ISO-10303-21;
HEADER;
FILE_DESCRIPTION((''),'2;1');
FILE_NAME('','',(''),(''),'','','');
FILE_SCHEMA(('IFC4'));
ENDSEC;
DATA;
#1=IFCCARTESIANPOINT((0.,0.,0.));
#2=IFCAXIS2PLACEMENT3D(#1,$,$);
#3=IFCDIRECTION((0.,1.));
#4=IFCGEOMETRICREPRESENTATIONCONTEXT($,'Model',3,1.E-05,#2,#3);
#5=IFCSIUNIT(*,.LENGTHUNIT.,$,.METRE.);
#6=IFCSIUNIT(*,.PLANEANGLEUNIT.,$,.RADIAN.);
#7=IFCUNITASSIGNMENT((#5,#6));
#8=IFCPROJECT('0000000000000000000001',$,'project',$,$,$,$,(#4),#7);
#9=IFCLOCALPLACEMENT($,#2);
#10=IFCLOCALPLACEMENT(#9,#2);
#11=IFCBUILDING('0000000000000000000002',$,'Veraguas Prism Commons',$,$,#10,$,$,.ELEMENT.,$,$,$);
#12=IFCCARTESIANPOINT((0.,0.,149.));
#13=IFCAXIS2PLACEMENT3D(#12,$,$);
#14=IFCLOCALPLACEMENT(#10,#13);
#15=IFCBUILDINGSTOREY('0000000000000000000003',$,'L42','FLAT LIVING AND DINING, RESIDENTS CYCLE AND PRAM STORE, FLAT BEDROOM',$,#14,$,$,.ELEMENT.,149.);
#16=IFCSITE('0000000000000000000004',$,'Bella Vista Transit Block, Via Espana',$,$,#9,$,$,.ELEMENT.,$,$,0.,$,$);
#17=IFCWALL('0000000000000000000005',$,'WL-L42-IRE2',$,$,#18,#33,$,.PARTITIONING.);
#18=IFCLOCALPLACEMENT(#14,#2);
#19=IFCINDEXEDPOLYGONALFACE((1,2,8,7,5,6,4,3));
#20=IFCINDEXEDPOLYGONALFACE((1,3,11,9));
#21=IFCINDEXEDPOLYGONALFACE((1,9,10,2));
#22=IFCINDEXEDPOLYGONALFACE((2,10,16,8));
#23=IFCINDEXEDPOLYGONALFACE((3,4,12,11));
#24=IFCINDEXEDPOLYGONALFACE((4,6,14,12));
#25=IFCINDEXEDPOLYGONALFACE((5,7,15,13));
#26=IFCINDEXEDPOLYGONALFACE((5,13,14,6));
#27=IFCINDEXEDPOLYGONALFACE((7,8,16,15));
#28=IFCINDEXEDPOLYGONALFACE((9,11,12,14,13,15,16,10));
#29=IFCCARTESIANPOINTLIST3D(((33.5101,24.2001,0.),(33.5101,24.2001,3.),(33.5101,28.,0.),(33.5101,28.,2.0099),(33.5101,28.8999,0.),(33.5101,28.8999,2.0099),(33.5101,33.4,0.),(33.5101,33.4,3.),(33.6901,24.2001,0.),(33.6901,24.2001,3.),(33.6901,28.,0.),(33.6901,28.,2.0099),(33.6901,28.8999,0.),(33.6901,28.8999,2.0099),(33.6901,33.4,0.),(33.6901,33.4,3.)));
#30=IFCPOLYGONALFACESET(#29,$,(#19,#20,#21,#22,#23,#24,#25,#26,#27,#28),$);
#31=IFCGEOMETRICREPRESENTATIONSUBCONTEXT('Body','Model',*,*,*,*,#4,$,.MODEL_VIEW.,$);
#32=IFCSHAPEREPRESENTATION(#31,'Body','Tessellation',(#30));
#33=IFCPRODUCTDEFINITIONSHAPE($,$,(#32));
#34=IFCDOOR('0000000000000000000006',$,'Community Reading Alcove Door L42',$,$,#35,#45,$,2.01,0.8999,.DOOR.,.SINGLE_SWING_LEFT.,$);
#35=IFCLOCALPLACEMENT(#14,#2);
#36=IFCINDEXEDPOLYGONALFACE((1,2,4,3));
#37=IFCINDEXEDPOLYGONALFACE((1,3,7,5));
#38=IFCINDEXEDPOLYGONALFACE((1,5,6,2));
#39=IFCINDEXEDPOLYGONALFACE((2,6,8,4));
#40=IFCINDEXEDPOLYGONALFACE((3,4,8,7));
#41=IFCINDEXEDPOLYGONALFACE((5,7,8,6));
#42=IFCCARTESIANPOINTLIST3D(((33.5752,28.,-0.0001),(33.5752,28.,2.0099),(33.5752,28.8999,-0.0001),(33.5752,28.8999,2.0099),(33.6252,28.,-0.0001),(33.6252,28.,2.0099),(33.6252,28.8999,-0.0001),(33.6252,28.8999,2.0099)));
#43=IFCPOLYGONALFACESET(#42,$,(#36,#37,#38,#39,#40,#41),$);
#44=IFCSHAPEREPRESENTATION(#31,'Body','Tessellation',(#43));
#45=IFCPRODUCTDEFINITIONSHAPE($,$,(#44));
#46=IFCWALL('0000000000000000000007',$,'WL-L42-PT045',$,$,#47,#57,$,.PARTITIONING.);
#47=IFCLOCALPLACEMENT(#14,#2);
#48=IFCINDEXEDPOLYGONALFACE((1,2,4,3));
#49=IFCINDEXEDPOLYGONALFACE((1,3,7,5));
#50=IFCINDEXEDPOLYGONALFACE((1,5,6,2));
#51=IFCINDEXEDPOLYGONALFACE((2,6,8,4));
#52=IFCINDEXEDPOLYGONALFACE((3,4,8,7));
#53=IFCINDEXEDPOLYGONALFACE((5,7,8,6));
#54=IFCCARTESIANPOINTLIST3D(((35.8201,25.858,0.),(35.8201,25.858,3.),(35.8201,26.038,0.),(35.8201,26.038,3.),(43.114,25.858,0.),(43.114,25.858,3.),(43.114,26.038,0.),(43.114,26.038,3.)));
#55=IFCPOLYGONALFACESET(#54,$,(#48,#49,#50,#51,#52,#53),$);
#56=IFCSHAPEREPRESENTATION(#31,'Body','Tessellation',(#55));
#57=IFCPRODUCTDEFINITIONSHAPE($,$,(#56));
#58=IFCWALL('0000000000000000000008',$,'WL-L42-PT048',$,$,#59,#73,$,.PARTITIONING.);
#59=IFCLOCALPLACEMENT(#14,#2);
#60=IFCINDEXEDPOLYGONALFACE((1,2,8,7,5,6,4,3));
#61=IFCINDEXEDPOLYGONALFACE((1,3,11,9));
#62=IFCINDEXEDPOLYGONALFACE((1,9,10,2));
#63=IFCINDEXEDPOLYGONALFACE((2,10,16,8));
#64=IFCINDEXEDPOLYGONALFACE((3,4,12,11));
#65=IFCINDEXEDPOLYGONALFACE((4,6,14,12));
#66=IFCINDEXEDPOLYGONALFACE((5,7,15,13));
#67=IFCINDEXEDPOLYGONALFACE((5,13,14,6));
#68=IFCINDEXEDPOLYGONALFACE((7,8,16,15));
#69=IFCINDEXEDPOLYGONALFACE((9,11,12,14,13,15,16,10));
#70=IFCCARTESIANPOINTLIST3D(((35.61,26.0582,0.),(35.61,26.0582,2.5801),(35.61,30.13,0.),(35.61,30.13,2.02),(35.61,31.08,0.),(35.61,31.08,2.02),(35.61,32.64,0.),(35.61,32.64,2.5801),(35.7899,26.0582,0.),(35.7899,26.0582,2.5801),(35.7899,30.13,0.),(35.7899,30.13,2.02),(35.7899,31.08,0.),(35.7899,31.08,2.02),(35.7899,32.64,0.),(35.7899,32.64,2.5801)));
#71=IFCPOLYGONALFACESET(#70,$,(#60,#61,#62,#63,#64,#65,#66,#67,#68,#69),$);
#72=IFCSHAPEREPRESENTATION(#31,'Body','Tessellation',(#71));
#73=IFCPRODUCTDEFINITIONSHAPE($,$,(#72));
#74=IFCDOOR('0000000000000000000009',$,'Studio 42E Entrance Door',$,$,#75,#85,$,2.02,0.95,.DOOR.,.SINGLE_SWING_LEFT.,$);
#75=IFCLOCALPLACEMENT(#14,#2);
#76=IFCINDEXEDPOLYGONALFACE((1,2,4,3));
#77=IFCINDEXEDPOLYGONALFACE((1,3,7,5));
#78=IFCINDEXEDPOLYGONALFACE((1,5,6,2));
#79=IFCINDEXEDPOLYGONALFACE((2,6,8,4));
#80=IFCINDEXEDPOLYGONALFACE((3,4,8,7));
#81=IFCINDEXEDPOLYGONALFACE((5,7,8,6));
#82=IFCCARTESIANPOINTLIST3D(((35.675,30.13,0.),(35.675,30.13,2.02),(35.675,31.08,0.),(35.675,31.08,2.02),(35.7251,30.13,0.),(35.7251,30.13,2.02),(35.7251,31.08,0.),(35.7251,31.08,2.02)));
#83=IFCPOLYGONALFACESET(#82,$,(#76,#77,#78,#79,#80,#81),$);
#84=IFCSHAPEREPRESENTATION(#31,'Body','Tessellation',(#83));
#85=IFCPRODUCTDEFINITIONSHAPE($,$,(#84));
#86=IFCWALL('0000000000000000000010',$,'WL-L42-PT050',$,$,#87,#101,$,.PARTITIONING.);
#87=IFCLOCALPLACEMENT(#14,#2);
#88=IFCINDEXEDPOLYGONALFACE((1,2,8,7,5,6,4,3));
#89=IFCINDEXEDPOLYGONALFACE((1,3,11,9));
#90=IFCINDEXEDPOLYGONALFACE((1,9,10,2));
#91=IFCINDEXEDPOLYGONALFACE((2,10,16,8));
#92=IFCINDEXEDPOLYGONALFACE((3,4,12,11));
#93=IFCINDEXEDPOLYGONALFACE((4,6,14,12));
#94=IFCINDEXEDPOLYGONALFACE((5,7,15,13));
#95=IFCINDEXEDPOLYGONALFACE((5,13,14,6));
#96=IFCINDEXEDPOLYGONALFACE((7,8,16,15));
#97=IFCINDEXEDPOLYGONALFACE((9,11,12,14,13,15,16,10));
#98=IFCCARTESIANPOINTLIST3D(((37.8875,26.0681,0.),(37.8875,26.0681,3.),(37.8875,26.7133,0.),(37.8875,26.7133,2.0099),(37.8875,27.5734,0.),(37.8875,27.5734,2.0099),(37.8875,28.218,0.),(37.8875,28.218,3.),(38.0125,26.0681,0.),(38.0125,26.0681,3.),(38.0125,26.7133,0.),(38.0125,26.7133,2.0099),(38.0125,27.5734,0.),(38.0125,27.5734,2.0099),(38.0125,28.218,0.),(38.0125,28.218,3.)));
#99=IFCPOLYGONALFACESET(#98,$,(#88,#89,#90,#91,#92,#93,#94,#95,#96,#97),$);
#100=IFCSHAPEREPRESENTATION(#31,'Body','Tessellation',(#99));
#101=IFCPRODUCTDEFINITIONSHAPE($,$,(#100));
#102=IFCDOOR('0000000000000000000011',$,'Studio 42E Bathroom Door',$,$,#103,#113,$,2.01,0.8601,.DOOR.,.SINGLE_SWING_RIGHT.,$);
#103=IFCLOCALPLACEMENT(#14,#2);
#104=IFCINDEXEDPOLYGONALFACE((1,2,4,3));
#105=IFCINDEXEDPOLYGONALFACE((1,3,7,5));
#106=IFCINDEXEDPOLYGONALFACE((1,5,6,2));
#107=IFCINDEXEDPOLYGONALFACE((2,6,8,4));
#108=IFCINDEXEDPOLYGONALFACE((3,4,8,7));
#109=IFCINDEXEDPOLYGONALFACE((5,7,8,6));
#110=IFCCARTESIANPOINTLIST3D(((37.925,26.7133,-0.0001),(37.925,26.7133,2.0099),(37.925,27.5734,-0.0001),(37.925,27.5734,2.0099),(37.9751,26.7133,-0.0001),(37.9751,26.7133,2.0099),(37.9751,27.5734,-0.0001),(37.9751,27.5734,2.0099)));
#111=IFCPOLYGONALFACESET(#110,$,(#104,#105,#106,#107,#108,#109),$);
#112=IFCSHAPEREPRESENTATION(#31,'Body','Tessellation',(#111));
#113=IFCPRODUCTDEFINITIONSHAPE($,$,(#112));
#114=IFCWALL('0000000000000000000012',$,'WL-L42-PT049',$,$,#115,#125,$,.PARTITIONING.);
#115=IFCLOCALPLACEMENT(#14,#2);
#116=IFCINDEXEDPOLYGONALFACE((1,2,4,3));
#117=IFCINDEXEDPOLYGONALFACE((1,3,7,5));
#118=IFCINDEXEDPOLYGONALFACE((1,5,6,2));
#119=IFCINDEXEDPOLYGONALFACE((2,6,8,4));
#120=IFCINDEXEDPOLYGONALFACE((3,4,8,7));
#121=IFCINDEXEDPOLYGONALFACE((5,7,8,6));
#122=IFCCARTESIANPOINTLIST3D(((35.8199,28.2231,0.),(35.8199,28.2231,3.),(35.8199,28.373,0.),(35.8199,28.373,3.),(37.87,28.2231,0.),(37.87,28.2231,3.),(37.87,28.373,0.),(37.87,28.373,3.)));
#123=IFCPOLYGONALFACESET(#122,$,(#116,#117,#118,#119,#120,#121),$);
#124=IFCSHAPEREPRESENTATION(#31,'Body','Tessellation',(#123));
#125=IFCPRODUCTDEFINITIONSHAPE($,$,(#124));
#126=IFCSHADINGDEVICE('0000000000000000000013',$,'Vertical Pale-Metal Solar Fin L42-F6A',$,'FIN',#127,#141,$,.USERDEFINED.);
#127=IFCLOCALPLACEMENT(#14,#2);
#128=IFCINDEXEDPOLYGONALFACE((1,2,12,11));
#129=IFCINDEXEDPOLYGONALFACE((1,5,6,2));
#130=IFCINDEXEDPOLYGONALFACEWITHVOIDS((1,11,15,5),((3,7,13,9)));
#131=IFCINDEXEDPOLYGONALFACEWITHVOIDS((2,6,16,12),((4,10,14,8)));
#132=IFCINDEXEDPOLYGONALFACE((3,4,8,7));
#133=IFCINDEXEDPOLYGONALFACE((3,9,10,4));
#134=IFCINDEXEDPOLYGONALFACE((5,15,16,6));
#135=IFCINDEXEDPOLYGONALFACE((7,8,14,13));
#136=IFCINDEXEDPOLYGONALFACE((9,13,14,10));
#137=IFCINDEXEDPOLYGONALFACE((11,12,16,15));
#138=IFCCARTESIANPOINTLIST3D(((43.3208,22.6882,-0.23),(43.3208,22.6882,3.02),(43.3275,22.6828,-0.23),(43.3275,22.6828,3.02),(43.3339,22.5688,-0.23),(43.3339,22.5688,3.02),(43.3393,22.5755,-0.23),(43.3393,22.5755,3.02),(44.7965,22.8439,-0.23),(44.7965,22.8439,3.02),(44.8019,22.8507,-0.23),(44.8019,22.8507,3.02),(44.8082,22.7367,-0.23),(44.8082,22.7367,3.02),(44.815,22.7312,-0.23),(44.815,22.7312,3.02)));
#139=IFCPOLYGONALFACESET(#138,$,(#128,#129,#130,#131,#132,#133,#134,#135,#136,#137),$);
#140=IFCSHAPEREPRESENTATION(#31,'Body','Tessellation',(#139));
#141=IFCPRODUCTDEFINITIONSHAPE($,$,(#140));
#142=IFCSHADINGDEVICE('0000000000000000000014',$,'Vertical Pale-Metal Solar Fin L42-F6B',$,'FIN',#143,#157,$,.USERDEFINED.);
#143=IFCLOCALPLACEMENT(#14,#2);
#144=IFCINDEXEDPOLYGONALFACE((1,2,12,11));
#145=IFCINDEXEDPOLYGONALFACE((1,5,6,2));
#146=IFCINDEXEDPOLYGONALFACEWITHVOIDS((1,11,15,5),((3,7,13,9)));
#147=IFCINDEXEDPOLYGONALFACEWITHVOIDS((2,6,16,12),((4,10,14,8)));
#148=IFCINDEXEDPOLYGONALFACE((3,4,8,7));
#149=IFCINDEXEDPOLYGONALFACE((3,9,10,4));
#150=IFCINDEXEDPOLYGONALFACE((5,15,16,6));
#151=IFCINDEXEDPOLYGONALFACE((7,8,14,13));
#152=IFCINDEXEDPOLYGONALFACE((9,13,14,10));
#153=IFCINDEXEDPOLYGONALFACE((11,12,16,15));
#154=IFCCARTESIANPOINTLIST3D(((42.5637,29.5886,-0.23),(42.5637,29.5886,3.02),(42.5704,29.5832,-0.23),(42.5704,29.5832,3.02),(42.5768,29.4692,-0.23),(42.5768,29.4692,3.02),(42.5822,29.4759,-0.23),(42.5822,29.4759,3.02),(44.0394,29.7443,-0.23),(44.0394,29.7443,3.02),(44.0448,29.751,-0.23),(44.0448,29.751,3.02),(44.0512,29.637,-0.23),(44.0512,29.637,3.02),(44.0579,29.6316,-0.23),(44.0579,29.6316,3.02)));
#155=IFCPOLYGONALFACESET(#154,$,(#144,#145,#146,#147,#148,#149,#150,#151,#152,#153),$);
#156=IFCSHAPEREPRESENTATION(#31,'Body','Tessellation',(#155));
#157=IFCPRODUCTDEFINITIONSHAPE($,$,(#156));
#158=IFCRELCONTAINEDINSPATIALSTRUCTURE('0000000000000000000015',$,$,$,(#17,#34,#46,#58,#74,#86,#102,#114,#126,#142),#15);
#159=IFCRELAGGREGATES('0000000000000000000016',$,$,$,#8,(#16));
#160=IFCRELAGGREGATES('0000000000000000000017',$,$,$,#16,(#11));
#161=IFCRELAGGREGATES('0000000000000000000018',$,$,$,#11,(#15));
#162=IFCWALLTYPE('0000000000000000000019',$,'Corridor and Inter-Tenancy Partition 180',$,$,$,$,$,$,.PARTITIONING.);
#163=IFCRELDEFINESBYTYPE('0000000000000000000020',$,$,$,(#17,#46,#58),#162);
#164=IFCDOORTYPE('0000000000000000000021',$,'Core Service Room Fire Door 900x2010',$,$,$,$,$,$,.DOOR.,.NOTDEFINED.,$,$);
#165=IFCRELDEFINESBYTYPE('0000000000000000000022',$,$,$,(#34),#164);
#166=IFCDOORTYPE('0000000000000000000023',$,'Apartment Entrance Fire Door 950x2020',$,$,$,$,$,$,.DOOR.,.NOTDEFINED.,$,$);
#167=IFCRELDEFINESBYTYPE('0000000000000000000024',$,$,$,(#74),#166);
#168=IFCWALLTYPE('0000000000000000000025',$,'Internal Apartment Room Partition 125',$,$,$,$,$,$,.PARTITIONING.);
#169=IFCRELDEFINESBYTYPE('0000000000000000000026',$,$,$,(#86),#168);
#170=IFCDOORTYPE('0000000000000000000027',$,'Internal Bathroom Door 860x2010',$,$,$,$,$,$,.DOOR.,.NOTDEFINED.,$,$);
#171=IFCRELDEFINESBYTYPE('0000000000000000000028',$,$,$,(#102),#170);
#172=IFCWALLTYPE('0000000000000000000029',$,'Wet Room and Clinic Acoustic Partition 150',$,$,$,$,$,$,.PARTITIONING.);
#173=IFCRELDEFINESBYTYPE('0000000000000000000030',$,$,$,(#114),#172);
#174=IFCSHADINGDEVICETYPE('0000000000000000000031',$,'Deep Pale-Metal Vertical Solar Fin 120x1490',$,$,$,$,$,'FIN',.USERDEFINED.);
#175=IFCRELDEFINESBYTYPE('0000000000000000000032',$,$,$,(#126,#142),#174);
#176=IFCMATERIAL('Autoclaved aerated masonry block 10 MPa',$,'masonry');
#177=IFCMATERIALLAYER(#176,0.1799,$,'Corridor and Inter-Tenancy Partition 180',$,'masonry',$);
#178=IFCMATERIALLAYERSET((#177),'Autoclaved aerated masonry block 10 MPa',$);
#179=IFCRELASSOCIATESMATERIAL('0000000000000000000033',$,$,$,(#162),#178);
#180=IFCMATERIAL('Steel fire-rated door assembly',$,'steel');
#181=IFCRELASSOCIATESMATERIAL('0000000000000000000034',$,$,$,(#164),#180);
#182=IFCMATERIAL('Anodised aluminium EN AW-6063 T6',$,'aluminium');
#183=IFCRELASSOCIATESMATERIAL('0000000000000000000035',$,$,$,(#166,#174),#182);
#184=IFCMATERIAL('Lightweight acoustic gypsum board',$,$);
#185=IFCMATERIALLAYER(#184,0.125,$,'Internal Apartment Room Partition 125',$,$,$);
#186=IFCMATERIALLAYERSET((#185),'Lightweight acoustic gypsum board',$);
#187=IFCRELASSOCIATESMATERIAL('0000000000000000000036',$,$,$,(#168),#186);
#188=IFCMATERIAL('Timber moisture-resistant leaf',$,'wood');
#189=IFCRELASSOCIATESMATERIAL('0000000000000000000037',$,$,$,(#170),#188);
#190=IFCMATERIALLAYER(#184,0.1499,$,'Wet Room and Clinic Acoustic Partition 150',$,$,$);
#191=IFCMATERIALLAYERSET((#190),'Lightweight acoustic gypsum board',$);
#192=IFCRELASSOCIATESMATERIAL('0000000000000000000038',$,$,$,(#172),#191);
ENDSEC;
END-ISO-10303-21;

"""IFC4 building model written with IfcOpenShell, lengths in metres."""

from ifc_helpers import new_model, si_unit, direction, frame, frame_2d, origin, origin_2d, place, context, subcontext, project, spatial, rectangle, hollow_rectangle, extrude, source, transform, mapped, material, layer, layer_set, material_profile, profile_set, type_object, element, fill, save


model = new_model("IFC4")

# Units and contexts
model_context = context("Model", 3, precision=1e-05, world=origin(), true_north=direction((0.0, 1.0)))
body_context = subcontext(model_context, "Body", "Model", "MODEL_VIEW")
ifc_project = project(units=[si_unit("LENGTHUNIT", "METRE"), si_unit("PLANEANGLEUNIT", "RADIAN")], contexts=[model_context])

# Site, building, storey
site_placement = place(None, origin())
site = spatial("IfcSite", under=ifc_project, at=site_placement, Name="Bella Vista Transit Block, Via Espana", CompositionType="ELEMENT", RefElevation=0.0)
building_placement = place(site_placement, origin())
building = spatial("IfcBuilding", under=site, at=building_placement, Name="Veraguas Prism Commons", CompositionType="ELEMENT")
storey_placement = place(building_placement, frame((0.0, 0.0, 149.0)))
storey = spatial("IfcBuildingStorey", under=building, at=storey_placement, Name="L42", Description="FLAT LIVING AND DINING, RESIDENTS CYCLE AND PRAM STORE, FLAT BEDROOM", CompositionType="ELEMENT", Elevation=149.0)

# Shared definitions
ifc_material_1 = material(Name="Anodised aluminium EN AW-6063 T6", Category="aluminium")

# Wall, opening, door
ifc_material_2 = material(Name="Autoclaved aerated masonry block 10 MPa", Category="masonry")
ifc_layer_1 = layer(ifc_material_2, 0.1799, Name="Corridor and Inter-Tenancy Partition 180", Category="masonry")
ifc_layer_set_1 = layer_set([ifc_layer_1], Name="Autoclaved aerated masonry block 10 MPa")
wall_type_1 = type_object("IfcWallType", Name="Corridor and Inter-Tenancy Partition 180", PredefinedType="PARTITIONING", material=ifc_layer_set_1)
wall_1_placement = place(storey_placement, frame((33.6001, 24.2, 0.0), z_axis=(0.0, 0.0, 1.0), x_axis=(0.0, 1.0, 0.0)))
wall_1 = element("IfcWall", 1, at=wall_1_placement, inside=storey, type_object=wall_type_1, Name="WL-L42-IRE2", PredefinedType="PARTITIONING", context=body_context, shape_type="SweptSolid", body=[
    extrude(rectangle(XDim=9.2, YDim=0.1799, at=frame_2d((4.6001, 0.0))), origin(), (0.0, 0.0, 1.0), 3.0),
])
opening_1_placement = place(wall_1_placement, frame((3.8, 0.0, 0.0)))
opening_1 = element("IfcOpeningElement", 2, at=opening_1_placement, cuts=wall_1, PredefinedType="OPENING", context=body_context, shape_type="SweptSolid", body=[
    extrude(rectangle(XDim=0.8999, YDim=2.01, at=frame_2d((0.45, 1.0049))), frame((0.0, 0.0999, 0.0), z_axis=(0.0, -1.0, 0.0), x_axis=(1.0, 0.0, 0.0)), (0.0, 0.0, 1.0), 0.2),
])
ifc_material_3 = material(Name="Steel fire-rated door assembly", Category="steel")
door_type_1 = type_object("IfcDoorType", Name="Core Service Room Fire Door 900x2010", OperationType="NOTDEFINED", PredefinedType="DOOR", material=ifc_material_3)
shared_shape_1 = source(origin(), body_context, "Body", "SweptSolid", [
    extrude(rectangle(XDim=0.8999, YDim=2.01, at=frame_2d((0.45, 1.0049))), frame((0.0, 0.0249, 0.0), z_axis=(0.0, -1.0, 0.0), x_axis=(1.0, 0.0, 0.0)), (0.0, 0.0, 1.0), 0.05),
])
door_1_placement = place(opening_1_placement, origin())
door_1 = element("IfcDoor", 3, at=door_1_placement, inside=storey, type_object=door_type_1, Name="Community Reading Alcove Door L42", OperationType="SINGLE_SWING_LEFT", OverallHeight=2.01, OverallWidth=0.8999, PredefinedType="DOOR", context=body_context, shape_type="MappedRepresentation", body=[
    mapped(shared_shape_1, transform((0.0, 0.0, 0.0), scale=1.0)),
])
fill(opening_1, door_1)

# Wall
wall_2_placement = place(storey_placement, frame((35.8201, 25.948, 0.0), z_axis=(0.0, 0.0, 1.0), x_axis=(1.0, 0.0, 0.0)))
element("IfcWall", 4, at=wall_2_placement, inside=storey, type_object=wall_type_1, Name="WL-L42-PT045", PredefinedType="PARTITIONING", context=body_context, shape_type="SweptSolid", body=[
    extrude(rectangle(XDim=7.2939, YDim=0.1799, at=frame_2d((3.647, 0.0))), origin(), (0.0, 0.0, 1.0), 3.0),
])

# Walls, openings, doors
wall_3_placement = place(storey_placement, frame((35.7, 26.0581, 0.0), z_axis=(0.0, 0.0, 1.0), x_axis=(0.0, 1.0, 0.0)))
wall_3 = element("IfcWall", 5, at=wall_3_placement, inside=storey, type_object=wall_type_1, Name="WL-L42-PT048", PredefinedType="PARTITIONING", context=body_context, shape_type="SweptSolid", body=[
    extrude(rectangle(XDim=6.5818, YDim=0.1799, at=frame_2d((3.291, 0.0))), origin(), (0.0, 0.0, 1.0), 2.5801),
])
opening_2_placement = place(wall_3_placement, frame((4.0718, 0.0, 0.0)))
opening_2 = element("IfcOpeningElement", 6, at=opening_2_placement, cuts=wall_3, PredefinedType="OPENING", context=body_context, shape_type="SweptSolid", body=[
    extrude(rectangle(XDim=0.95, YDim=2.02, at=frame_2d((0.4751, 1.01))), frame((0.0, 0.0999, 0.0), z_axis=(0.0, -1.0, 0.0), x_axis=(1.0, 0.0, 0.0)), (0.0, 0.0, 1.0), 0.2),
])
door_type_2 = type_object("IfcDoorType", Name="Apartment Entrance Fire Door 950x2020", OperationType="NOTDEFINED", PredefinedType="DOOR", material=ifc_material_1)
shared_shape_2 = source(origin(), body_context, "Body", "SweptSolid", [
    extrude(rectangle(XDim=0.95, YDim=2.02, at=frame_2d((0.4751, 1.01))), frame((0.0, 0.0249, 0.0), z_axis=(0.0, -1.0, 0.0), x_axis=(1.0, 0.0, 0.0)), (0.0, 0.0, 1.0), 0.05),
])
door_2_placement = place(opening_2_placement, origin())
door_2 = element("IfcDoor", 7, at=door_2_placement, inside=storey, type_object=door_type_2, Name="Studio 42E Entrance Door", OperationType="SINGLE_SWING_LEFT", OverallHeight=2.02, OverallWidth=0.95, PredefinedType="DOOR", context=body_context, shape_type="MappedRepresentation", body=[
    mapped(shared_shape_2, transform((0.0, 0.0, 0.0), scale=1.0)),
])
fill(opening_2, door_2)
ifc_material_4 = material(Name="Lightweight acoustic gypsum board")
ifc_layer_2 = layer(ifc_material_4, 0.125, Name="Internal Apartment Room Partition 125")
ifc_layer_set_2 = layer_set([ifc_layer_2], Name="Lightweight acoustic gypsum board")
wall_type_2 = type_object("IfcWallType", Name="Internal Apartment Room Partition 125", PredefinedType="PARTITIONING", material=ifc_layer_set_2)
wall_4_placement = place(storey_placement, frame((37.95, 26.0681, 0.0), z_axis=(0.0, 0.0, 1.0), x_axis=(0.0, 1.0, 0.0)))
wall_4 = element("IfcWall", 8, at=wall_4_placement, inside=storey, type_object=wall_type_2, Name="WL-L42-PT050", PredefinedType="PARTITIONING", context=body_context, shape_type="SweptSolid", body=[
    extrude(rectangle(XDim=2.1499, YDim=0.125, at=frame_2d((1.075, 0.0))), origin(), (0.0, 0.0, 1.0), 3.0),
])
opening_3_placement = place(wall_4_placement, frame((0.645, 0.0, 0.0)))
opening_3 = element("IfcOpeningElement", 9, at=opening_3_placement, cuts=wall_4, PredefinedType="OPENING", context=body_context, shape_type="SweptSolid", body=[
    extrude(rectangle(XDim=0.8601, YDim=2.01, at=frame_2d((0.4302, 1.0049))), frame((0.0, 0.0725, 0.0), z_axis=(0.0, -1.0, 0.0), x_axis=(1.0, 0.0, 0.0)), (0.0, 0.0, 1.0), 0.145),
])
ifc_material_5 = material(Name="Timber moisture-resistant leaf", Category="wood")
door_type_3 = type_object("IfcDoorType", Name="Internal Bathroom Door 860x2010", OperationType="NOTDEFINED", PredefinedType="DOOR", material=ifc_material_5)
shared_shape_3 = source(origin(), body_context, "Body", "SweptSolid", [
    extrude(rectangle(XDim=0.8601, YDim=2.01, at=frame_2d((0.4302, 1.0049))), frame((0.0, 0.0249, 0.0), z_axis=(0.0, -1.0, 0.0), x_axis=(1.0, 0.0, 0.0)), (0.0, 0.0, 1.0), 0.05),
])
door_3_placement = place(opening_3_placement, origin())
door_3 = element("IfcDoor", 10, at=door_3_placement, inside=storey, type_object=door_type_3, Name="Studio 42E Bathroom Door", OperationType="SINGLE_SWING_RIGHT", OverallHeight=2.01, OverallWidth=0.8601, PredefinedType="DOOR", context=body_context, shape_type="MappedRepresentation", body=[
    mapped(shared_shape_3, transform((0.0, 0.0, 0.0), scale=1.0)),
])
fill(opening_3, door_3)

# Wall
ifc_layer_3 = layer(ifc_material_4, 0.1499, Name="Wet Room and Clinic Acoustic Partition 150")
ifc_layer_set_3 = layer_set([ifc_layer_3], Name="Lightweight acoustic gypsum board")
wall_type_3 = type_object("IfcWallType", Name="Wet Room and Clinic Acoustic Partition 150", PredefinedType="PARTITIONING", material=ifc_layer_set_3)
wall_5_placement = place(storey_placement, frame((35.8201, 28.2981, 0.0), z_axis=(0.0, 0.0, 1.0), x_axis=(1.0, 0.0, 0.0)))
element("IfcWall", 11, at=wall_5_placement, inside=storey, type_object=wall_type_3, Name="WL-L42-PT049", PredefinedType="PARTITIONING", context=body_context, shape_type="SweptSolid", body=[
    extrude(rectangle(XDim=2.05, YDim=0.1499, at=frame_2d((1.0249, 0.0))), origin(), (0.0, 0.0, 1.0), 3.0),
])

# Shading devices
ifc_material_profile_1 = material_profile(ifc_material_1, hollow_rectangle(XDim=0.1201, YDim=1.49, WallThickness=0.0061, at=origin_2d()), Name="FIN120X1490X6")
ifc_profile_set_1 = profile_set([ifc_material_profile_1], Name="Anodised aluminium EN AW-6063 T6")
shading_device_type = type_object("IfcShadingDeviceType", Name="Deep Pale-Metal Vertical Solar Fin 120x1490", ElementType="FIN", PredefinedType="USERDEFINED", material=ifc_profile_set_1)
for number, where, z_axis, x_axis, name in (
    (12, (44.0679, 22.7097, -0.23), (0.0, 0.0, 1.0), (-0.109039, 0.994038, 0.0), "Vertical Pale-Metal Solar Fin L42-F6A"),
    (13, (43.3108, 29.6101, -0.23), (0.0, 0.0, 1.0), (-0.109039, 0.994038, 0.0), "Vertical Pale-Metal Solar Fin L42-F6B"),
):
    element("IfcShadingDevice", number, at=place(storey_placement, frame(where, z_axis=z_axis, x_axis=x_axis)), inside=storey, type_object=shading_device_type, Name=name, ObjectType="FIN", PredefinedType="USERDEFINED", context=body_context, shape_type="SweptSolid", body=[
        extrude(hollow_rectangle(XDim=0.1201, YDim=1.49, WallThickness=0.0061, at=origin_2d()), origin(), (0.0, 0.0, 1.0), 3.25),
    ])

save(model, "model.ifc")
